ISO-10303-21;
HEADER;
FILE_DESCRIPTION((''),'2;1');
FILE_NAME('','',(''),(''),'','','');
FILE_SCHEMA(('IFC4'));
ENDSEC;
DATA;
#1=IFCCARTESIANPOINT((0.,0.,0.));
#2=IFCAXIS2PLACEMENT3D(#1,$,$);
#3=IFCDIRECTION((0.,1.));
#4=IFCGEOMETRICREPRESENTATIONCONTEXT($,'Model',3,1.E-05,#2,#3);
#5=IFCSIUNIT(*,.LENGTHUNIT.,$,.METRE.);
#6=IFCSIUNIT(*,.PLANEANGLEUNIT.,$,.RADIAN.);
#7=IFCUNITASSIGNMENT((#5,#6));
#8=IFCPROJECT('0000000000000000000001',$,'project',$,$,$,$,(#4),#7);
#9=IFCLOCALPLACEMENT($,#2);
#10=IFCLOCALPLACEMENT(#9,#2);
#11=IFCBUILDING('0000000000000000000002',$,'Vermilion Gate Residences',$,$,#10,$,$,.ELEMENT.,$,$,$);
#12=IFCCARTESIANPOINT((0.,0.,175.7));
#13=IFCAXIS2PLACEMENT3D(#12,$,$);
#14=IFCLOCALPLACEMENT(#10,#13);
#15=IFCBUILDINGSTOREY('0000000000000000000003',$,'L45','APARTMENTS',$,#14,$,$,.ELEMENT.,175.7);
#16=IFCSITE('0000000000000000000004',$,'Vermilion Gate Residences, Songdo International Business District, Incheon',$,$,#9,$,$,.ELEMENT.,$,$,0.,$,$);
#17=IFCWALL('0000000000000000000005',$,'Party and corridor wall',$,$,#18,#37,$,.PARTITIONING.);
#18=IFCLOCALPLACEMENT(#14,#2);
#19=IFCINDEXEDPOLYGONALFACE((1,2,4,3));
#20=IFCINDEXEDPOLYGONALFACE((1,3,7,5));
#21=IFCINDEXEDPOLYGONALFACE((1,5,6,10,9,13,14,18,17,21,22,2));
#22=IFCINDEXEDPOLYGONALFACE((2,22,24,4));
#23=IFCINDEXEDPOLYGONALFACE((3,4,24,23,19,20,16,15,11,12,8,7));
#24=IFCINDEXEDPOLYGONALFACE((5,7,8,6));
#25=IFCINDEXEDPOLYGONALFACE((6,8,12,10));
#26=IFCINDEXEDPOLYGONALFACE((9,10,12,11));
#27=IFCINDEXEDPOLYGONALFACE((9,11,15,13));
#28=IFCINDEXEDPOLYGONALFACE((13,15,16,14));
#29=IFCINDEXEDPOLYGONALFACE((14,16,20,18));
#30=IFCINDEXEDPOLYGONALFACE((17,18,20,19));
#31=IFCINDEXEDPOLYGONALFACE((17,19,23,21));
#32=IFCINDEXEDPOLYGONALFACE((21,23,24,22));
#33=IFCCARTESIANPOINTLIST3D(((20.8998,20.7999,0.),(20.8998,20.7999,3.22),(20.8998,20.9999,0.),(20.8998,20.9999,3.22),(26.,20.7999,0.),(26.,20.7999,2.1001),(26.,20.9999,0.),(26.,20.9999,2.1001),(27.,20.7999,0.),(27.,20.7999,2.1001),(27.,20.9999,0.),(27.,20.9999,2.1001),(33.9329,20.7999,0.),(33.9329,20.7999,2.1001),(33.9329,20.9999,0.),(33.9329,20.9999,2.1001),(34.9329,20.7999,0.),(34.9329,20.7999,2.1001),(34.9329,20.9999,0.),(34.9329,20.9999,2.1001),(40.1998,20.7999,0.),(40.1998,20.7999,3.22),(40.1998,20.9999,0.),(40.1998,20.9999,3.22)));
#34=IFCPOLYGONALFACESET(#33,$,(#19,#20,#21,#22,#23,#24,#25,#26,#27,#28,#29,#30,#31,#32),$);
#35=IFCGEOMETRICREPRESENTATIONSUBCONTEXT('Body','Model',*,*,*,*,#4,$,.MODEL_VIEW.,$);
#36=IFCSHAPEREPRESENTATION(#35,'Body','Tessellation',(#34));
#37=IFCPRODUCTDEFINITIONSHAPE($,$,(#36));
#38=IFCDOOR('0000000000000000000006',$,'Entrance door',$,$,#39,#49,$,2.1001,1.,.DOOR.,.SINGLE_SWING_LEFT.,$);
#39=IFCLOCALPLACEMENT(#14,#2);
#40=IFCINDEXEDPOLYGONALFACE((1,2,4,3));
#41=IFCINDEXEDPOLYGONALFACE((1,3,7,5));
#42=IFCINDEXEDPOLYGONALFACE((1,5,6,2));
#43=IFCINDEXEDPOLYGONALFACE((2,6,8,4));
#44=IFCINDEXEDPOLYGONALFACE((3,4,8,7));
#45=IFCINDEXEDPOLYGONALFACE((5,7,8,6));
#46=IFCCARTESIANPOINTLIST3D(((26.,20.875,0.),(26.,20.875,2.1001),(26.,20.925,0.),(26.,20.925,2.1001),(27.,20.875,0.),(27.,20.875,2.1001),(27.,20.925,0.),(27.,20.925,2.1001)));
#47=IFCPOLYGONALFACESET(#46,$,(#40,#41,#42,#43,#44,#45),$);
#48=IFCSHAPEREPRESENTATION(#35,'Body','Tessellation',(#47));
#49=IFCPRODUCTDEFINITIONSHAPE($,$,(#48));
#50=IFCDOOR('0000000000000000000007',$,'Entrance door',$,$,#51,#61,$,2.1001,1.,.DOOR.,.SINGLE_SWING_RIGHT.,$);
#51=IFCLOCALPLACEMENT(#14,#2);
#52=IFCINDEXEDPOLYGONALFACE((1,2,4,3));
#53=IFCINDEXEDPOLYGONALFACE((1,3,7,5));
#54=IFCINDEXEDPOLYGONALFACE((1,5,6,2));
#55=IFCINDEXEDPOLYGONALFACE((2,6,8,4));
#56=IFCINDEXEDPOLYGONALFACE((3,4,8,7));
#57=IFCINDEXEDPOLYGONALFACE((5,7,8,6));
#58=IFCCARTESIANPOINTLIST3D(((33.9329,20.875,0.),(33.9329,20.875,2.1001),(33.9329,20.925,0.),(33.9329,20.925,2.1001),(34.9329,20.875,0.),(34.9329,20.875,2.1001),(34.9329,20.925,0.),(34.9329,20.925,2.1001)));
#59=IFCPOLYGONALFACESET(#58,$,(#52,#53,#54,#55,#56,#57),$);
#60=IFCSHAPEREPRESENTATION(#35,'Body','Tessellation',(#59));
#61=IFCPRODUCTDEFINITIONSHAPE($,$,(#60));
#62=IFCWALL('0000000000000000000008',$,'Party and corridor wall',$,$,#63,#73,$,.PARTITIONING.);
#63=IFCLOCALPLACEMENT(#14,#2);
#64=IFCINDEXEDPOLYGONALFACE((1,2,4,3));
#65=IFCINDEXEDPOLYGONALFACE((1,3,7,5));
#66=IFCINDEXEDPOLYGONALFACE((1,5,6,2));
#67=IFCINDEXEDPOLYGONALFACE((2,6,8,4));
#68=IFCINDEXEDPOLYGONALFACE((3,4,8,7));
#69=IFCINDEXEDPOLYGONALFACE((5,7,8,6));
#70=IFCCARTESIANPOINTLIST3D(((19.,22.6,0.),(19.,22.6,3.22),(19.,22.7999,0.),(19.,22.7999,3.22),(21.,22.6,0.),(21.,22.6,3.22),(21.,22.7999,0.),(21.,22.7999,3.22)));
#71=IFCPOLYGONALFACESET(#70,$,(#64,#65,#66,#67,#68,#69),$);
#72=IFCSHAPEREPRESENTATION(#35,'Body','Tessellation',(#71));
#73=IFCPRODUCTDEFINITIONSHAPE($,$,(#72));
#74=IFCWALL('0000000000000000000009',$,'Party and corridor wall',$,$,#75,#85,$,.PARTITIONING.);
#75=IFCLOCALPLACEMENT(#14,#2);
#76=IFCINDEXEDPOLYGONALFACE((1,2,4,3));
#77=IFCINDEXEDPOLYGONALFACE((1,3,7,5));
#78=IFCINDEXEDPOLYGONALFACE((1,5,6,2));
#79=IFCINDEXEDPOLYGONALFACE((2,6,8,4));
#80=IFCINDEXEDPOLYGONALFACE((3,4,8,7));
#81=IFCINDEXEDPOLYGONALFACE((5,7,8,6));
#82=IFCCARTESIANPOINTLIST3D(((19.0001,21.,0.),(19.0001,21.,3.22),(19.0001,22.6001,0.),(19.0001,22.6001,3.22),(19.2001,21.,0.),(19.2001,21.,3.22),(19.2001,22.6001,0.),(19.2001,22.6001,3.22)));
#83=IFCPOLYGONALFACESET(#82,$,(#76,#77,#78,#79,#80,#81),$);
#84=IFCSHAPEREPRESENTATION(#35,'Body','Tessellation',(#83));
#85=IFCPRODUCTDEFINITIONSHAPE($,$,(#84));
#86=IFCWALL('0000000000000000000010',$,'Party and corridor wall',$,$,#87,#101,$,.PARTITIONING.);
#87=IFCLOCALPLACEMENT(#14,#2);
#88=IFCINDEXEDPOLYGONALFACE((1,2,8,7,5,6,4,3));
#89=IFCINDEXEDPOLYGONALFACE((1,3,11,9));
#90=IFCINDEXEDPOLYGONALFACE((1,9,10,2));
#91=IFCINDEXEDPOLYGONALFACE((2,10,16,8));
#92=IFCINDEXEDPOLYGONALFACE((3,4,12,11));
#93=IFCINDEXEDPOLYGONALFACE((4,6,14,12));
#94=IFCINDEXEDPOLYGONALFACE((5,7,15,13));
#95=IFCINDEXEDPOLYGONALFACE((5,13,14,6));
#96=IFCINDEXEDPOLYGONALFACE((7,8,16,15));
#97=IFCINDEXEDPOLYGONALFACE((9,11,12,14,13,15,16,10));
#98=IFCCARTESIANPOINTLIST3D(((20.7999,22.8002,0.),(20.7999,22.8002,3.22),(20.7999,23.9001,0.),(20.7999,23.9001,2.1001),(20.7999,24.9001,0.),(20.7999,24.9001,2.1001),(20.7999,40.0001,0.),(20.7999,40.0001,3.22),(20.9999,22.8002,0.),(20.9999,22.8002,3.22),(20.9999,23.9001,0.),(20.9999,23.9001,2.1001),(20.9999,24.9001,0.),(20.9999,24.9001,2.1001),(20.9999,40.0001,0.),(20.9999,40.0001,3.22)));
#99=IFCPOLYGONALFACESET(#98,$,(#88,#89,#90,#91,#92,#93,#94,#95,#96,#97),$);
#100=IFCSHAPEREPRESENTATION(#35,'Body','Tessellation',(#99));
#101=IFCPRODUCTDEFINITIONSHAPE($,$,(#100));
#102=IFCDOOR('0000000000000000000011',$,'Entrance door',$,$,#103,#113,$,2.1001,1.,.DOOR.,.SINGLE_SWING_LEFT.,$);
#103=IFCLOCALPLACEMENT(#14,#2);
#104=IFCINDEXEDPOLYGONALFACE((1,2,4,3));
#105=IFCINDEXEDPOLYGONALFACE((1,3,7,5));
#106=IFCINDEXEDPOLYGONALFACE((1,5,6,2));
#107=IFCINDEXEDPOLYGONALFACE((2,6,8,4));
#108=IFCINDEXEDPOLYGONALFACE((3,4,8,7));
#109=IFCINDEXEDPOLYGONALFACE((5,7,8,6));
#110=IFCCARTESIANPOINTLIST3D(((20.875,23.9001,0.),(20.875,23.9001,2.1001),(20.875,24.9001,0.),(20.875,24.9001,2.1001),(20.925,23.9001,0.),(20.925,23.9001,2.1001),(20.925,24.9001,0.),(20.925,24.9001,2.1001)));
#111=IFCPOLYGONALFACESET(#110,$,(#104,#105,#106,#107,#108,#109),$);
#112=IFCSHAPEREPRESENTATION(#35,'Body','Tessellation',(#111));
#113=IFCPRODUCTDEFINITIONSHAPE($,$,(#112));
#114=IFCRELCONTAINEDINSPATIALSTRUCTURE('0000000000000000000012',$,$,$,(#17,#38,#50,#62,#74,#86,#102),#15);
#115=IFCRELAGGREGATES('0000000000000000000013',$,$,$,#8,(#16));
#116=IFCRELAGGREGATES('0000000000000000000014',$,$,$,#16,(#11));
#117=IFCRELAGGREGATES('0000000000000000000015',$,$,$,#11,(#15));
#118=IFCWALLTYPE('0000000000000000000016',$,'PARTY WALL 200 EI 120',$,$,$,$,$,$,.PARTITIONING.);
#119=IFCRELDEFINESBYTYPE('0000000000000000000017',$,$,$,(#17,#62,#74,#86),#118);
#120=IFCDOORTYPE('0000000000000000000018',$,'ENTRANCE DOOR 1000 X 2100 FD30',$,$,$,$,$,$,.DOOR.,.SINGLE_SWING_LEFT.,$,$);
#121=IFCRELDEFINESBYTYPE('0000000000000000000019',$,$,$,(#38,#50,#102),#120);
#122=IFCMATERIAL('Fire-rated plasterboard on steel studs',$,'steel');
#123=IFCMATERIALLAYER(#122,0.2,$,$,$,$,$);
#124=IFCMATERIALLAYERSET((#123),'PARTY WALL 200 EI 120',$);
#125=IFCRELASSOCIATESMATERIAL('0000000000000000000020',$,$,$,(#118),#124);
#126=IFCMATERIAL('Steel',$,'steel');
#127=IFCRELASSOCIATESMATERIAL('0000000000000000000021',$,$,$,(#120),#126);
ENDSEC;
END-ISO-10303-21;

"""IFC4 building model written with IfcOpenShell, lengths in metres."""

from ifc_helpers import new_model, si_unit, direction, frame, frame_2d, origin, place, context, subcontext, project, spatial, rectangle, extrude, material, layer, layer_set, type_object, element, fill, save


model = new_model("IFC4")

# Units and contexts
model_context = context("Model", 3, precision=1e-05, world=origin(), true_north=direction((0.0, 1.0)))
body_context = subcontext(model_context, "Body", "Model", "MODEL_VIEW")
ifc_project = project(units=[si_unit("LENGTHUNIT", "METRE"), si_unit("PLANEANGLEUNIT", "RADIAN")], contexts=[model_context])

# Site, building, storey
site_placement = place(None, origin())
site = spatial("IfcSite", under=ifc_project, at=site_placement, Name="Vermilion Gate Residences, Songdo International Business District, Incheon", CompositionType="ELEMENT", RefElevation=0.0)
building_placement = place(site_placement, origin())
building = spatial("IfcBuilding", under=site, at=building_placement, Name="Vermilion Gate Residences", CompositionType="ELEMENT")
storey_placement = place(building_placement, frame((0.0, 0.0, 175.7)))
storey = spatial("IfcBuildingStorey", under=building, at=storey_placement, Name="L45", Description="APARTMENTS", CompositionType="ELEMENT", Elevation=175.7)

# Wall, openings, doors
ifc_material_1 = material(Name="Fire-rated plasterboard on steel studs", Category="steel")
ifc_layer_1 = layer(ifc_material_1, 0.2)
ifc_layer_set_1 = layer_set([ifc_layer_1], Name="PARTY WALL 200 EI 120")
wall_type_1 = type_object("IfcWallType", Name="PARTY WALL 200 EI 120", PredefinedType="PARTITIONING", material=ifc_layer_set_1)
wall_1_placement = place(storey_placement, frame((20.8999, 20.8999, 0.0), z_axis=(0.0, 0.0, 1.0), x_axis=(1.0, 0.0, 0.0)))
wall_1 = element("IfcWall", 1, at=wall_1_placement, inside=storey, type_object=wall_type_1, Name="Party and corridor wall", PredefinedType="PARTITIONING", context=body_context, shape_type="SweptSolid", body=[
    extrude(rectangle(XDim=19.3, YDim=0.2, at=frame_2d((9.6499, 0.0))), origin(), (0.0, 0.0, 1.0), 3.22),
])
opening_1_placement = place(wall_1_placement, frame((5.1001, 0.0, 0.0)))
opening_1 = element("IfcOpeningElement", 2, at=opening_1_placement, cuts=wall_1, PredefinedType="OPENING", context=body_context, shape_type="SweptSolid", body=[
    extrude(rectangle(XDim=1.0, YDim=2.1001, at=frame_2d((0.5, 1.05))), frame((0.0, 0.1099, 0.0), z_axis=(0.0, -1.0, 0.0), x_axis=(1.0, 0.0, 0.0)), (0.0, 0.0, 1.0), 0.22),
])
opening_2_placement = place(wall_1_placement, frame((13.033, 0.0, 0.0)))
opening_2 = element("IfcOpeningElement", 3, at=opening_2_placement, cuts=wall_1, PredefinedType="OPENING", context=body_context, shape_type="SweptSolid", body=[
    extrude(rectangle(XDim=1.0, YDim=2.1001, at=frame_2d((0.5, 1.05))), frame((0.0, 0.1099, 0.0), z_axis=(0.0, -1.0, 0.0), x_axis=(1.0, 0.0, 0.0)), (0.0, 0.0, 1.0), 0.22),
])
ifc_material_2 = material(Name="Steel", Category="steel")
door_type_1 = type_object("IfcDoorType", Name="ENTRANCE DOOR 1000 X 2100 FD30", OperationType="SINGLE_SWING_LEFT", PredefinedType="DOOR", material=ifc_material_2)
door_1_placement = place(opening_1_placement, frame((1.0, 0.0, 0.0), z_axis=(0.0, 0.0, 1.0), x_axis=(-1.0, 0.0, 0.0)))
door_1 = element("IfcDoor", 4, at=door_1_placement, inside=storey, type_object=door_type_1, Name="Entrance door", OperationType="SINGLE_SWING_LEFT", OverallHeight=2.1001, OverallWidth=1.0, PredefinedType="DOOR", context=body_context, shape_type="SweptSolid", body=[
    extrude(rectangle(XDim=1.0, YDim=2.1001, at=frame_2d((0.5, 1.05))), frame((0.0, 0.0249, 0.0), z_axis=(0.0, -1.0, 0.0), x_axis=(1.0, 0.0, 0.0)), (0.0, 0.0, 1.0), 0.05),
])
fill(opening_1, door_1)
door_2_placement = place(opening_2_placement, frame((1.0, 0.0, 0.0), z_axis=(0.0, 0.0, 1.0), x_axis=(-1.0, 0.0, 0.0)))
door_2 = element("IfcDoor", 5, at=door_2_placement, inside=storey, type_object=door_type_1, Name="Entrance door", OperationType="SINGLE_SWING_RIGHT", OverallHeight=2.1001, OverallWidth=1.0, PredefinedType="DOOR", context=body_context, shape_type="SweptSolid", body=[
    extrude(rectangle(XDim=1.0, YDim=2.1001, at=frame_2d((0.5, 1.05))), frame((0.0, 0.0249, 0.0), z_axis=(0.0, -1.0, 0.0), x_axis=(1.0, 0.0, 0.0)), (0.0, 0.0, 1.0), 0.05),
])
fill(opening_2, door_2)

# Walls
wall_2_placement = place(storey_placement, frame((19.0, 22.7, 0.0), z_axis=(0.0, 0.0, 1.0), x_axis=(1.0, 0.0, 0.0)))
element("IfcWall", 6, at=wall_2_placement, inside=storey, type_object=wall_type_1, Name="Party and corridor wall", PredefinedType="PARTITIONING", context=body_context, shape_type="SweptSolid", body=[
    extrude(rectangle(XDim=2.0, YDim=0.2, at=frame_2d((1.0, 0.0))), origin(), (0.0, 0.0, 1.0), 3.22),
])
wall_3_placement = place(storey_placement, frame((19.1001, 21.0, 0.0), z_axis=(0.0, 0.0, 1.0), x_axis=(0.0, 1.0, 0.0)))
element("IfcWall", 7, at=wall_3_placement, inside=storey, type_object=wall_type_1, Name="Party and corridor wall", PredefinedType="PARTITIONING", context=body_context, shape_type="SweptSolid", body=[
    extrude(rectangle(XDim=1.6001, YDim=0.2, at=frame_2d((0.8, 0.0))), origin(), (0.0, 0.0, 1.0), 3.22),
])

# Wall, opening, door
wall_4_placement = place(storey_placement, frame((20.8999, 22.8, 0.0), z_axis=(0.0, 0.0, 1.0), x_axis=(0.0, 1.0, 0.0)))
wall_4 = element("IfcWall", 8, at=wall_4_placement, inside=storey, type_object=wall_type_1, Name="Party and corridor wall", PredefinedType="PARTITIONING", context=body_context, shape_type="SweptSolid", body=[
    extrude(rectangle(XDim=17.2, YDim=0.2, at=frame_2d((8.6001, 0.0))), origin(), (0.0, 0.0, 1.0), 3.22),
])
opening_3_placement = place(wall_4_placement, frame((1.1001, 0.0, 0.0)))
opening_3 = element("IfcOpeningElement", 9, at=opening_3_placement, cuts=wall_4, PredefinedType="OPENING", context=body_context, shape_type="SweptSolid", body=[
    extrude(rectangle(XDim=1.0, YDim=2.1001, at=frame_2d((0.5, 1.05))), frame((0.0, 0.1099, 0.0), z_axis=(0.0, -1.0, 0.0), x_axis=(1.0, 0.0, 0.0)), (0.0, 0.0, 1.0), 0.22),
])
door_3_placement = place(opening_3_placement, origin())
door_3 = element("IfcDoor", 10, at=door_3_placement, inside=storey, type_object=door_type_1, Name="Entrance door", OperationType="SINGLE_SWING_LEFT", OverallHeight=2.1001, OverallWidth=1.0, PredefinedType="DOOR", context=body_context, shape_type="SweptSolid", body=[
    extrude(rectangle(XDim=1.0, YDim=2.1001, at=frame_2d((0.5, 1.05))), frame((0.0, 0.0249, 0.0), z_axis=(0.0, -1.0, 0.0), x_axis=(1.0, 0.0, 0.0)), (0.0, 0.0, 1.0), 0.05),
])
fill(opening_3, door_3)

save(model, "model.ifc")
